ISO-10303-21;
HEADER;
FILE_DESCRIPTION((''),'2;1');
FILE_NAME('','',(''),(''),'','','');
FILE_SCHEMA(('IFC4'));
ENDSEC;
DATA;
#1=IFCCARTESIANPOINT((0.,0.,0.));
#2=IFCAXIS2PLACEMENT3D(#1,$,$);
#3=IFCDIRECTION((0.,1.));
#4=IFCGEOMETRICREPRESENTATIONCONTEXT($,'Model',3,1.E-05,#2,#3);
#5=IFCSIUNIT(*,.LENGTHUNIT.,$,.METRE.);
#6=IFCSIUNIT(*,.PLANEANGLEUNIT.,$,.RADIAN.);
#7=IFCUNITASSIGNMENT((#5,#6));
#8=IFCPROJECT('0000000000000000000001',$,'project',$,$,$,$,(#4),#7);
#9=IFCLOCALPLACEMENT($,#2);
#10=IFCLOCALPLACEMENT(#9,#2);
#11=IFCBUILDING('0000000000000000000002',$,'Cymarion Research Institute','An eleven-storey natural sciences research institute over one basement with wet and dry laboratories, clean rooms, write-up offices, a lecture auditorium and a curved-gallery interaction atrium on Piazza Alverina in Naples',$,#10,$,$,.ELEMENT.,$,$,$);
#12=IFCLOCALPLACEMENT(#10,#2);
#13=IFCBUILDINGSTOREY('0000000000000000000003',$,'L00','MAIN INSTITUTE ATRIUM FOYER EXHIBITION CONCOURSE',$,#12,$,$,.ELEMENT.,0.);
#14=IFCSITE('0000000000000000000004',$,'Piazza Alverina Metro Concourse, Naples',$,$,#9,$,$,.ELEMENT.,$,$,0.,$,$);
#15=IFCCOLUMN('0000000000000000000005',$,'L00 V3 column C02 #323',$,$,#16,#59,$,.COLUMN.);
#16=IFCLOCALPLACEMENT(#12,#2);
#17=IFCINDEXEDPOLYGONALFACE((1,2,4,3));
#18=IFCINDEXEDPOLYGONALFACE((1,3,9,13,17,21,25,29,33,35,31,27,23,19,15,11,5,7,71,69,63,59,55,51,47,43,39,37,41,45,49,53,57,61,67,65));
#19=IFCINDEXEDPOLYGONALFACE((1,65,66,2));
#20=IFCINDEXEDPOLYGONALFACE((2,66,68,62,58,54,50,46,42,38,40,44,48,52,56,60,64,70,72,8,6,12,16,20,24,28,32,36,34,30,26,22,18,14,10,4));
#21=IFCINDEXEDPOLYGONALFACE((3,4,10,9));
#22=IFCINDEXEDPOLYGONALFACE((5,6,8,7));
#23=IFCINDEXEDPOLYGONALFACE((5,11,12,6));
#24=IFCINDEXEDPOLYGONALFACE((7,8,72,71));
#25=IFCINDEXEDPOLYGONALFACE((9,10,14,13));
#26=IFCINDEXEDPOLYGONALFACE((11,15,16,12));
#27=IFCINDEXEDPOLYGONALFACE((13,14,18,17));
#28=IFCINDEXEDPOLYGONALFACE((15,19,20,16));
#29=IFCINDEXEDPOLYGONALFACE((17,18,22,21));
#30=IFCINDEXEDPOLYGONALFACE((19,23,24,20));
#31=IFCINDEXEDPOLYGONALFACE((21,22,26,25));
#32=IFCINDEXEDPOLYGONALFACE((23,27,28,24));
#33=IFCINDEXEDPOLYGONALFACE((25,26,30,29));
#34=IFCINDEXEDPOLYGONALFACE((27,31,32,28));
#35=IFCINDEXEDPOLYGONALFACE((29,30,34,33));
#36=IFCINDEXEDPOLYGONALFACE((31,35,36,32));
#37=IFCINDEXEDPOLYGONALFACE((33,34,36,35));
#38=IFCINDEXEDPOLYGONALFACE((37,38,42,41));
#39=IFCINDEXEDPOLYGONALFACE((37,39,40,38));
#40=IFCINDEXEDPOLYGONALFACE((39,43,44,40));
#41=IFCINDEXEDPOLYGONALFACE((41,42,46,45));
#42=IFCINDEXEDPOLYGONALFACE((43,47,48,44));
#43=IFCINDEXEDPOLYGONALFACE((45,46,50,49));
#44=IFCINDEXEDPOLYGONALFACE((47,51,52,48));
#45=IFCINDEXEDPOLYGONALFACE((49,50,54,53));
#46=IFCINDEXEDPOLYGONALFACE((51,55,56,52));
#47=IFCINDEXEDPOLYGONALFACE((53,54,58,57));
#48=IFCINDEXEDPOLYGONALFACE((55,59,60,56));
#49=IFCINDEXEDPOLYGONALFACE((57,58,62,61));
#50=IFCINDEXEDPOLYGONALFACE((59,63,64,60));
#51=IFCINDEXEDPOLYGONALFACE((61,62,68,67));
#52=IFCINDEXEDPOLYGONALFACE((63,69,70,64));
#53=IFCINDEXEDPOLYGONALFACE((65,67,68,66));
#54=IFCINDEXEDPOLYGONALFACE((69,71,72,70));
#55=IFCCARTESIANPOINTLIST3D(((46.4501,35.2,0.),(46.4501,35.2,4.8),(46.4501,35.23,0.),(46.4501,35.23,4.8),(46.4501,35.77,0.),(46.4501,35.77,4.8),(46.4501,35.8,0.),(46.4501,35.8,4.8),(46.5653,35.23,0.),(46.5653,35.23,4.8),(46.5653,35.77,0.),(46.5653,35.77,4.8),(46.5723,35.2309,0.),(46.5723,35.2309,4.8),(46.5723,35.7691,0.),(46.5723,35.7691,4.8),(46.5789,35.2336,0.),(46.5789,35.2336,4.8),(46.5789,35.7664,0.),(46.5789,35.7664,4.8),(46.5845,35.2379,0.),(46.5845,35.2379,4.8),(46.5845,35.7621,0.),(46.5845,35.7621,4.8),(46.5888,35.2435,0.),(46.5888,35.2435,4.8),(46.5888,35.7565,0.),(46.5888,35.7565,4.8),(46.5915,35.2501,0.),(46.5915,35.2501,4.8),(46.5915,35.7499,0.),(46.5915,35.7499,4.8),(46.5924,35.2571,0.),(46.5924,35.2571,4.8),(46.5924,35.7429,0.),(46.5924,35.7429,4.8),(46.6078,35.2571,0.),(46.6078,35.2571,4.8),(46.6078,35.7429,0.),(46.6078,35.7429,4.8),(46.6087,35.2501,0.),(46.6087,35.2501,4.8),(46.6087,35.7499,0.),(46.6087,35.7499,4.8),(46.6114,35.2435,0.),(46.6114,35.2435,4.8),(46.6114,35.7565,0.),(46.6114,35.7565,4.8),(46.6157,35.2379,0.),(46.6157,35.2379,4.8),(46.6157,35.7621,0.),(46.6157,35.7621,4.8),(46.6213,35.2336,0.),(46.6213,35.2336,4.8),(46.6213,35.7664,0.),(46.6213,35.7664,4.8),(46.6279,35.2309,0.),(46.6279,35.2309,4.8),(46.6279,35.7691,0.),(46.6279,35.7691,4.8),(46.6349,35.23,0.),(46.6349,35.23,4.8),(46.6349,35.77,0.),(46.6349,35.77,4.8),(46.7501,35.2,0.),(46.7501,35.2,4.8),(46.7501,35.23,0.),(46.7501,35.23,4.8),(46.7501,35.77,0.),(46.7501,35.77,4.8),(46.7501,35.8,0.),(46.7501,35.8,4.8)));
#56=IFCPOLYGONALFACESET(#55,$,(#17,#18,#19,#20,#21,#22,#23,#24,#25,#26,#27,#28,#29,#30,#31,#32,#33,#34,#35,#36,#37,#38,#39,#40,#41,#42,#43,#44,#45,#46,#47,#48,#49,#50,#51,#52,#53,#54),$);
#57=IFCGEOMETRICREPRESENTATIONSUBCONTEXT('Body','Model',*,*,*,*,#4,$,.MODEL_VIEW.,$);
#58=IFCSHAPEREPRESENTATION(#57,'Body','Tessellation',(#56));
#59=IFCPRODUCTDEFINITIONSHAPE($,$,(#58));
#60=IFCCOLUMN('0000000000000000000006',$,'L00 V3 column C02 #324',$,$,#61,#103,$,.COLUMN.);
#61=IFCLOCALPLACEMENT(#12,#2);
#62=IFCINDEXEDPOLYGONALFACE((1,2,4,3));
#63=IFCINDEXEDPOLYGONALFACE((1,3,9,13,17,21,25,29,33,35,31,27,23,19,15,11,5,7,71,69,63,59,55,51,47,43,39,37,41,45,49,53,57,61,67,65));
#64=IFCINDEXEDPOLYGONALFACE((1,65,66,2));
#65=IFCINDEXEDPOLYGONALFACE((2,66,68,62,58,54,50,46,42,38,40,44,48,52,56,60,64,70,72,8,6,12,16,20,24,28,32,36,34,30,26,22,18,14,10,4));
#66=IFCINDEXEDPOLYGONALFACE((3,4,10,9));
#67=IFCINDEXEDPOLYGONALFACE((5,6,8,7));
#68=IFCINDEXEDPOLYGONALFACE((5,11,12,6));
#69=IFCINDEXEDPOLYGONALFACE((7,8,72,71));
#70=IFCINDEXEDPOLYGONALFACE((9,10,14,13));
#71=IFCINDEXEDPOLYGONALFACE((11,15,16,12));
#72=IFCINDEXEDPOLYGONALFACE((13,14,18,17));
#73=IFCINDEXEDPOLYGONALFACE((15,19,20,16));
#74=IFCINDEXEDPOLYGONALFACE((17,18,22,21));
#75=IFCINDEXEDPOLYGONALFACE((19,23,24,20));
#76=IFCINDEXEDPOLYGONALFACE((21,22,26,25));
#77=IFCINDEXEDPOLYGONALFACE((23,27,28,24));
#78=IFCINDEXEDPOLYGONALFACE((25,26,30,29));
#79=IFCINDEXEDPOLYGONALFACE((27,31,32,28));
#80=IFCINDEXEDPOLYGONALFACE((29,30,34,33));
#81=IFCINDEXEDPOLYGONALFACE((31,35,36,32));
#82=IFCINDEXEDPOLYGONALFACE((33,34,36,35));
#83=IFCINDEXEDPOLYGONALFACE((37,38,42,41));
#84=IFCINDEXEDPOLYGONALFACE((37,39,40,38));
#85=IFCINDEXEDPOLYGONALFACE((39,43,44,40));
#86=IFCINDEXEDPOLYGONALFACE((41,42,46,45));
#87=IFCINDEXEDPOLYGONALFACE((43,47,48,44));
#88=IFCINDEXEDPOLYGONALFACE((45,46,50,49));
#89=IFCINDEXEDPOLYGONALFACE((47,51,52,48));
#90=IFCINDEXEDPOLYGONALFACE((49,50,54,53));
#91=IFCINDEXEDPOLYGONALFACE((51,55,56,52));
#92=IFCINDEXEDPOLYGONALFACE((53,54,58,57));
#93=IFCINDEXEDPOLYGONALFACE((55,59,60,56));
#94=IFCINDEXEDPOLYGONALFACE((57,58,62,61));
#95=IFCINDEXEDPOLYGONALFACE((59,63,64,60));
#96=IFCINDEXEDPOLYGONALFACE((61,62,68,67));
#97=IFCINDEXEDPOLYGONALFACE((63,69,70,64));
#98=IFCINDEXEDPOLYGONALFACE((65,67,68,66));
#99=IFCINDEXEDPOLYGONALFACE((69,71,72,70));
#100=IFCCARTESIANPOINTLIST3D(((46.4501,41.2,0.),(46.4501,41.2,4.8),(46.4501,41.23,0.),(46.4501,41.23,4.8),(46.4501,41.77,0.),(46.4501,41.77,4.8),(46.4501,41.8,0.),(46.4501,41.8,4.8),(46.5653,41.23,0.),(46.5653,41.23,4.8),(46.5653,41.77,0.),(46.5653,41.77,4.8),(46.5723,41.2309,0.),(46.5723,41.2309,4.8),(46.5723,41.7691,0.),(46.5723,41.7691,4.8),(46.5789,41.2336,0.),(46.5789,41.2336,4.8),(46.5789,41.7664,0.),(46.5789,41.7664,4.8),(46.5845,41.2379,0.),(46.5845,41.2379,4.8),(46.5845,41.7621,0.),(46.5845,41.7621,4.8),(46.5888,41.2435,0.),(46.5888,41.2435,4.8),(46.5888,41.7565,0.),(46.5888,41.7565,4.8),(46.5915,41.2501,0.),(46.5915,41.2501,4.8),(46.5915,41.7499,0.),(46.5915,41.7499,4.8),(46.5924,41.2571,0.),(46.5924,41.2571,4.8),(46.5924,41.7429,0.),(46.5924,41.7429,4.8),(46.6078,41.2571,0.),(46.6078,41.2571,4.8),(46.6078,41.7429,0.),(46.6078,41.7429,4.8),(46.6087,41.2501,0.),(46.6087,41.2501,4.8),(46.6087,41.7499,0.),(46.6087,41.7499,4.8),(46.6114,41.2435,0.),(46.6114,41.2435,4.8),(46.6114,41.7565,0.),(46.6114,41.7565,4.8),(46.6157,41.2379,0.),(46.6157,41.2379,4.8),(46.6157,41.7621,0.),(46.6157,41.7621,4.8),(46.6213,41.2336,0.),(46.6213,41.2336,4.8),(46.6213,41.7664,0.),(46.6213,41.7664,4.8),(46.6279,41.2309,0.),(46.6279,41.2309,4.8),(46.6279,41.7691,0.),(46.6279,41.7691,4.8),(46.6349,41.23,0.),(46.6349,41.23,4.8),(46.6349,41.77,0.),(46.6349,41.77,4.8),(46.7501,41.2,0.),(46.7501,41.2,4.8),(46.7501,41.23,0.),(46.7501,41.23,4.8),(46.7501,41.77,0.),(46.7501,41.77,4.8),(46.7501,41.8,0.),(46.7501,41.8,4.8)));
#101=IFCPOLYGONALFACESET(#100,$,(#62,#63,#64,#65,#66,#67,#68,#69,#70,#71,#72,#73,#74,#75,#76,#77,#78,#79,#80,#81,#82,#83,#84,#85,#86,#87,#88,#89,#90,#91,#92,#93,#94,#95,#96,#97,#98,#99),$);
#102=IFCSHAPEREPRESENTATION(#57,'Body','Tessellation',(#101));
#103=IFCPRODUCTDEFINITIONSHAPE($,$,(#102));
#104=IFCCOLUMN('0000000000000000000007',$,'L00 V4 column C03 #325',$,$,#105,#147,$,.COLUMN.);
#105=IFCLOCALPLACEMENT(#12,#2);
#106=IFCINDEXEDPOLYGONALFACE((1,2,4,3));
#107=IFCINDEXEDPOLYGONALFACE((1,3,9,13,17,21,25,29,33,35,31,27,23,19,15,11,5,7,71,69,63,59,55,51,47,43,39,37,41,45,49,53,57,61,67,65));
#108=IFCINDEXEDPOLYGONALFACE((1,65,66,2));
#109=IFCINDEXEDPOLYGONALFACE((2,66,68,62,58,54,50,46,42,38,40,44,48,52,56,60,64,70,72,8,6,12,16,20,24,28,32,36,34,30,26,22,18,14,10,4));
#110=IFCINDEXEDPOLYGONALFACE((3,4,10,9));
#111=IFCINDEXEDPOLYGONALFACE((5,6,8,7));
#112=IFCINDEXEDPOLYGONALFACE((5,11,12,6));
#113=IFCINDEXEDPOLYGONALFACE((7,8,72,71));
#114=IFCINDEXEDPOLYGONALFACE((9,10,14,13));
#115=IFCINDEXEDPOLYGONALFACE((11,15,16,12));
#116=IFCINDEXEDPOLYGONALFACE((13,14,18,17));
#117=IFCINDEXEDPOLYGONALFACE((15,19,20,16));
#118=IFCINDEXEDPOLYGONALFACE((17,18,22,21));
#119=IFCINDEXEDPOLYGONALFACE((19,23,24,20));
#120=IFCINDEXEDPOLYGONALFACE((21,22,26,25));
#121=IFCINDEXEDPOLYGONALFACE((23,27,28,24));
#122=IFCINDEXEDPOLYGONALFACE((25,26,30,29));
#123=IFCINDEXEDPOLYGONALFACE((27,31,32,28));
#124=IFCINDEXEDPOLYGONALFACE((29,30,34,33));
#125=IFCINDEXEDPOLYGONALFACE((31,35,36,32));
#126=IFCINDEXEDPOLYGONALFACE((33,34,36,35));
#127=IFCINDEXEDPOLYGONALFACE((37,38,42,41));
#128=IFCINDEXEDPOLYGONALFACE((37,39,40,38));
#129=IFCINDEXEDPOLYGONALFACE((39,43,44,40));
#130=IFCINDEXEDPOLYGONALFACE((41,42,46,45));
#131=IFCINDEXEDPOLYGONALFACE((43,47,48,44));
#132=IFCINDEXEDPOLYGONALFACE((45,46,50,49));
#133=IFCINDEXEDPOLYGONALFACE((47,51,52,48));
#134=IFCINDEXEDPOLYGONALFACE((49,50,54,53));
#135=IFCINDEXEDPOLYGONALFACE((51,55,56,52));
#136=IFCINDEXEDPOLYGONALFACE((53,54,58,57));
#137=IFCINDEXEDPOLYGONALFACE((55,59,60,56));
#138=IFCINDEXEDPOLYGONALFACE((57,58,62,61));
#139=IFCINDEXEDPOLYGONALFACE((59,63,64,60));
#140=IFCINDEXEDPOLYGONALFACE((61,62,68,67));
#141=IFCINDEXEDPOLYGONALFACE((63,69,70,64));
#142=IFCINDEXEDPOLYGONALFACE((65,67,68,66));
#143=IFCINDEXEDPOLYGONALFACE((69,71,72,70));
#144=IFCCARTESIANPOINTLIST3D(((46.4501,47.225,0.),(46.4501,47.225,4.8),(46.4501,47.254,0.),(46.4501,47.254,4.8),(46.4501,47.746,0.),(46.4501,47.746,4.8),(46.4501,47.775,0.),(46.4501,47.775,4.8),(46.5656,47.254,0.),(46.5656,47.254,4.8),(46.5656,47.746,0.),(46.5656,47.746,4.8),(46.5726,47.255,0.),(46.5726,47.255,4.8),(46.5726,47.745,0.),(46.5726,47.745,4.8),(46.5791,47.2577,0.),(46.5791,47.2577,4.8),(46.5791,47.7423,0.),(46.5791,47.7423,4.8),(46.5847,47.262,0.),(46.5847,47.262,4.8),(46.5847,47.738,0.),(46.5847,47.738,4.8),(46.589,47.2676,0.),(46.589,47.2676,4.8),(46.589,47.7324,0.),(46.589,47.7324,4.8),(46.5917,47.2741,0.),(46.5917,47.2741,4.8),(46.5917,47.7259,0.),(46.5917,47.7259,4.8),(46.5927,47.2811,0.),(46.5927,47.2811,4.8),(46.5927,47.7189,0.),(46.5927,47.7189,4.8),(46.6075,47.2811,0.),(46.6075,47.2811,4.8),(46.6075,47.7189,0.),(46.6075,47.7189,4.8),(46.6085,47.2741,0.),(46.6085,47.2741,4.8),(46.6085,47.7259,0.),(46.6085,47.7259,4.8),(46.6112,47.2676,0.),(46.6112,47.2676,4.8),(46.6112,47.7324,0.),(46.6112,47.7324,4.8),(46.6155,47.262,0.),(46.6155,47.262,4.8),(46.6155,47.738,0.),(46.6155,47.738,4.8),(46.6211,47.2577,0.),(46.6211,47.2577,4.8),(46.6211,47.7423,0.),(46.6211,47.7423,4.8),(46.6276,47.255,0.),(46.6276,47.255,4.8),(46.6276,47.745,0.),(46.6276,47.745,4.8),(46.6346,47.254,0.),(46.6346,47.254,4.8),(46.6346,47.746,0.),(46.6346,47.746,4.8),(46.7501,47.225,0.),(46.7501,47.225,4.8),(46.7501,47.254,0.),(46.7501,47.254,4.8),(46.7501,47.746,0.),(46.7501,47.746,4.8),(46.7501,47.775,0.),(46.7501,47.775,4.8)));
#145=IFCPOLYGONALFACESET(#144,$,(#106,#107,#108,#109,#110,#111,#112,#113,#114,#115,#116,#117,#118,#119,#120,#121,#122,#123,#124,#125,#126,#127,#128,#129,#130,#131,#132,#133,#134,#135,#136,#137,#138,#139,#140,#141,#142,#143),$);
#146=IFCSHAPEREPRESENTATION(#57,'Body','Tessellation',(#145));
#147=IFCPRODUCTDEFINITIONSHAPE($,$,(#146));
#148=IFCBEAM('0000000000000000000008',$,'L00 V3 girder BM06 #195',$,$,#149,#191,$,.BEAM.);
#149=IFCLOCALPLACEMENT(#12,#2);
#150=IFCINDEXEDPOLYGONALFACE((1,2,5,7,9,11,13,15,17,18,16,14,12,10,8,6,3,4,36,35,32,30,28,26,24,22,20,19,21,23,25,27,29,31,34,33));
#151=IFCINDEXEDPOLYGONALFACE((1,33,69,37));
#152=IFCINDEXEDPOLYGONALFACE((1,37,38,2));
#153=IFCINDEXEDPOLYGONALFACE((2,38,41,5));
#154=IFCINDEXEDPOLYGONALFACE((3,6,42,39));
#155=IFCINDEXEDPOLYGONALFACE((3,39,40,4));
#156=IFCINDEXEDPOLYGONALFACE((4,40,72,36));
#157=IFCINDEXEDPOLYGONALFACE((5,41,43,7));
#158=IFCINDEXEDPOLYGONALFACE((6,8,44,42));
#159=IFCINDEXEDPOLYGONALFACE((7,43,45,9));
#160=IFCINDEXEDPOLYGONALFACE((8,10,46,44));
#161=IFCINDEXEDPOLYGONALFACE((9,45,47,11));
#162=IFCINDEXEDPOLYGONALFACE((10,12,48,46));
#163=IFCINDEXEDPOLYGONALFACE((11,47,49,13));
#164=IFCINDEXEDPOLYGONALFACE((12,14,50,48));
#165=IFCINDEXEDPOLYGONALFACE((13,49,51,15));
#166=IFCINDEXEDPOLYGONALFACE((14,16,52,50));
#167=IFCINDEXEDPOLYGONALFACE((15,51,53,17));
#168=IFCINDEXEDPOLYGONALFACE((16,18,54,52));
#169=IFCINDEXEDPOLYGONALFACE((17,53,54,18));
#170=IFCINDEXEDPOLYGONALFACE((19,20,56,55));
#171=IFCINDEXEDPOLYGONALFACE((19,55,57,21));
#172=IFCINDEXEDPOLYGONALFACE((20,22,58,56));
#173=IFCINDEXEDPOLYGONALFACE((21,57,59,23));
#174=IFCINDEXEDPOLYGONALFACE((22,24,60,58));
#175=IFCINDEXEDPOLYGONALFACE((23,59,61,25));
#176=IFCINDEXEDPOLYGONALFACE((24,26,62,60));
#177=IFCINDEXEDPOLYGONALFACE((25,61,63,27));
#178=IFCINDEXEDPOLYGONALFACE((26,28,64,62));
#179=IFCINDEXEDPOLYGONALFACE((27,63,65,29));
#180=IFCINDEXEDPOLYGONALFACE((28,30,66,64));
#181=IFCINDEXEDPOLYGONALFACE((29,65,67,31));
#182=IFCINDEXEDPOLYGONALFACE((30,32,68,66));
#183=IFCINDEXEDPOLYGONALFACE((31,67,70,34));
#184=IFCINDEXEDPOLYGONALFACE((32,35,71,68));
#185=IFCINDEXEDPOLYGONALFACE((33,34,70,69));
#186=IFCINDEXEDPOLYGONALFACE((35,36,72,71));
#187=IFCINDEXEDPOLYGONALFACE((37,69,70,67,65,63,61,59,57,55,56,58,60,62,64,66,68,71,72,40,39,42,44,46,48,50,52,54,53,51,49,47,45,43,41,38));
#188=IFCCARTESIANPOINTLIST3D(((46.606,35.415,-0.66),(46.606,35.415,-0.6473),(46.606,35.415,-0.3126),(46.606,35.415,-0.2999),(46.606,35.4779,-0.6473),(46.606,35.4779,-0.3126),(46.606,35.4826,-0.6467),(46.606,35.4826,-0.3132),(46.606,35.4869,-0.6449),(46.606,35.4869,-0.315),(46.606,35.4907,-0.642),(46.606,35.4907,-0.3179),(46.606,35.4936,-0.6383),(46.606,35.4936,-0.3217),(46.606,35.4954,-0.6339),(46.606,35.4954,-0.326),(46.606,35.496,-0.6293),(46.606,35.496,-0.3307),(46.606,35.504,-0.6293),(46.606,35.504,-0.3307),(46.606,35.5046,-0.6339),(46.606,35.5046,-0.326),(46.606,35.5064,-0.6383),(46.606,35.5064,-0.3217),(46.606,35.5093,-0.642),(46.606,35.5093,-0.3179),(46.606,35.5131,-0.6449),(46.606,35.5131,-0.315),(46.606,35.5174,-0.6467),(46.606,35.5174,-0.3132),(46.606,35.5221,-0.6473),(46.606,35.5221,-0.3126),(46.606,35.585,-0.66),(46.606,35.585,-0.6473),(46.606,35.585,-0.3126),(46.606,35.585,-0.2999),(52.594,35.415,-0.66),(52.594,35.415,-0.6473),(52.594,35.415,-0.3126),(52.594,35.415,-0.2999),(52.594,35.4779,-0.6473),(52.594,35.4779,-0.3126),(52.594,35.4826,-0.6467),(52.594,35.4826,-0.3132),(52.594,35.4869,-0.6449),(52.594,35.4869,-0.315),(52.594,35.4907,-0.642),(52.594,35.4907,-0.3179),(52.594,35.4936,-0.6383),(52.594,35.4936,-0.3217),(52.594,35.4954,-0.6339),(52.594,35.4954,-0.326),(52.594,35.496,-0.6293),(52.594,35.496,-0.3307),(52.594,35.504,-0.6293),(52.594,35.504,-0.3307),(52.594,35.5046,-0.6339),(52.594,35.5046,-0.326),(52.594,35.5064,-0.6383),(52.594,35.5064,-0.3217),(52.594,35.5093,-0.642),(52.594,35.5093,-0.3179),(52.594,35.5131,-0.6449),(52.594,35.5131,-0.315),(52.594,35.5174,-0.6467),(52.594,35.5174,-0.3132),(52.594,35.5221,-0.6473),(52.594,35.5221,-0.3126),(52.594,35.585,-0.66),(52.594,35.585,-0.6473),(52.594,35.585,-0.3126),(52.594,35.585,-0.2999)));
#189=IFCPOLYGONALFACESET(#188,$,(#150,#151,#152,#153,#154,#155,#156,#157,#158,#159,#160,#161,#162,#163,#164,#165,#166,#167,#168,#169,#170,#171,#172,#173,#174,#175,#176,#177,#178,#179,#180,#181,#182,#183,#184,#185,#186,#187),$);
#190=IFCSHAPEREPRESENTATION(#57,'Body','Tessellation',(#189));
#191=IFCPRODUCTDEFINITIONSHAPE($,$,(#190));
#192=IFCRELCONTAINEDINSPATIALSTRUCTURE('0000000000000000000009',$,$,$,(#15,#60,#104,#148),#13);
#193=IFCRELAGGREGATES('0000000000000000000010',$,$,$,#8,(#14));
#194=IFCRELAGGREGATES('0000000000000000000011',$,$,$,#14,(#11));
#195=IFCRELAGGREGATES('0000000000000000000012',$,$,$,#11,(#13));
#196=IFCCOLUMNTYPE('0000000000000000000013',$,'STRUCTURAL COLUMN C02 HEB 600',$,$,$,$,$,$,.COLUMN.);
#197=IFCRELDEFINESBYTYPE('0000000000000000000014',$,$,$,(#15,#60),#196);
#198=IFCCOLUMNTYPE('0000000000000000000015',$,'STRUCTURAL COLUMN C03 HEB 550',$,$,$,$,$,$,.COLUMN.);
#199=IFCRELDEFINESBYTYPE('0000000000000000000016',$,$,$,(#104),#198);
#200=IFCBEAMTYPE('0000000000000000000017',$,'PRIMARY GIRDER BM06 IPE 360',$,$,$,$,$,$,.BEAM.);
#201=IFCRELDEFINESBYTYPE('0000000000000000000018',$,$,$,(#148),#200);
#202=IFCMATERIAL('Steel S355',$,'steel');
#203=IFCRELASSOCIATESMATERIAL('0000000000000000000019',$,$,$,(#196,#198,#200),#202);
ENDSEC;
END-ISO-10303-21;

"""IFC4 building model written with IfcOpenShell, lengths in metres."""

from ifc_helpers import new_model, si_unit, direction, frame, origin, origin_2d, place, context, subcontext, project, spatial, i_section, extrude, material, material_profile, profile_set, type_object, element, save


model = new_model("IFC4")

# Units and contexts
model_context = context("Model", 3, precision=1e-05, world=origin(), true_north=direction((0.0, 1.0)))
body_context = subcontext(model_context, "Body", "Model", "MODEL_VIEW")
ifc_project = project(units=[si_unit("LENGTHUNIT", "METRE"), si_unit("PLANEANGLEUNIT", "RADIAN")], contexts=[model_context])

# Site, building, storey
site_placement = place(None, origin())
site = spatial("IfcSite", under=ifc_project, at=site_placement, Name="Piazza Alverina Metro Concourse, Naples", CompositionType="ELEMENT", RefElevation=0.0)
building_placement = place(site_placement, origin())
building = spatial("IfcBuilding", under=site, at=building_placement, Name="Cymarion Research Institute", Description="An eleven-storey natural sciences research institute over one basement with wet and dry laboratories, clean rooms, write-up offices, a lecture auditorium and a curved-gallery interaction atrium on Piazza Alverina in Naples", CompositionType="ELEMENT")
storey_placement = place(building_placement, origin())
storey = spatial("IfcBuildingStorey", under=building, at=storey_placement, Name="L00", Description="MAIN INSTITUTE ATRIUM FOYER EXHIBITION CONCOURSE", CompositionType="ELEMENT", Elevation=0.0)

# Columns
ifc_material_1 = material(Name="Steel S355", Category="steel")
ifc_material_profile_1 = material_profile(ifc_material_1, i_section(OverallWidth=0.3, OverallDepth=0.6001, WebThickness=0.0154, FlangeThickness=0.03, FilletRadius=0.0271, at=origin_2d()), Name="HEB 600")
ifc_profile_set_1 = profile_set([ifc_material_profile_1], Name="Steel S355")
column_type_1 = type_object("IfcColumnType", Name="STRUCTURAL COLUMN C02 HEB 600", PredefinedType="COLUMN", material=ifc_profile_set_1)
for number, where, z_axis, x_axis, name in (
    (1, (46.6001, 35.5, 0.0), (0.0, 0.0, 1.0), (1.0, 0.0, 0.0), "L00 V3 column C02 #323"),
    (2, (46.6001, 41.5, 0.0), (0.0, 0.0, 1.0), (1.0, 0.0, 0.0), "L00 V3 column C02 #324"),
):
    element("IfcColumn", number, at=place(storey_placement, frame(where, z_axis=z_axis, x_axis=x_axis)), inside=storey, type_object=column_type_1, Name=name, PredefinedType="COLUMN", context=body_context, shape_type="SweptSolid", body=[
        extrude(i_section(OverallWidth=0.3, OverallDepth=0.6001, WebThickness=0.0154, FlangeThickness=0.03, FilletRadius=0.0271, at=origin_2d()), origin(), (0.0, 0.0, 1.0), 4.8),
    ])
ifc_material_profile_2 = material_profile(ifc_material_1, i_section(OverallWidth=0.3, OverallDepth=0.55, WebThickness=0.0149, FlangeThickness=0.0291, FilletRadius=0.0271, at=origin_2d()), Name="HEB 550")
ifc_profile_set_2 = profile_set([ifc_material_profile_2], Name="Steel S355")
column_type_2 = type_object("IfcColumnType", Name="STRUCTURAL COLUMN C03 HEB 550", PredefinedType="COLUMN", material=ifc_profile_set_2)
column_placement = place(storey_placement, frame((46.6001, 47.5, 0.0), z_axis=(0.0, 0.0, 1.0), x_axis=(1.0, 0.0, 0.0)))
element("IfcColumn", 3, at=column_placement, inside=storey, type_object=column_type_2, Name="L00 V4 column C03 #325", PredefinedType="COLUMN", context=body_context, shape_type="SweptSolid", body=[
    extrude(i_section(OverallWidth=0.3, OverallDepth=0.55, WebThickness=0.0149, FlangeThickness=0.0291, FilletRadius=0.0271, at=origin_2d()), origin(), (0.0, 0.0, 1.0), 4.8),
])

# Beam
ifc_material_profile_3 = material_profile(ifc_material_1, i_section(OverallWidth=0.1699, OverallDepth=0.3601, WebThickness=0.0081, FlangeThickness=0.0127, FilletRadius=0.0181, at=origin_2d()), Name="IPE 360")
ifc_profile_set_3 = profile_set([ifc_material_profile_3], Name="Steel S355")
beam_type_1 = type_object("IfcBeamType", Name="PRIMARY GIRDER BM06 IPE 360", PredefinedType="BEAM", material=ifc_profile_set_3)
beam_1_placement = place(storey_placement, frame((46.606, 35.5, -0.48), z_axis=(1.0, 0.0, 0.0), x_axis=(0.0, 1.0, 0.0)))
element("IfcBeam", 4, at=beam_1_placement, inside=storey, type_object=beam_type_1, Name="L00 V3 girder BM06 #195", PredefinedType="BEAM", context=body_context, shape_type="SweptSolid", body=[
    extrude(i_section(OverallWidth=0.1699, OverallDepth=0.3601, WebThickness=0.0081, FlangeThickness=0.0127, FilletRadius=0.0181, at=origin_2d()), origin(), (0.0, 0.0, 1.0), 5.988),
])

save(model, "model.ifc")
